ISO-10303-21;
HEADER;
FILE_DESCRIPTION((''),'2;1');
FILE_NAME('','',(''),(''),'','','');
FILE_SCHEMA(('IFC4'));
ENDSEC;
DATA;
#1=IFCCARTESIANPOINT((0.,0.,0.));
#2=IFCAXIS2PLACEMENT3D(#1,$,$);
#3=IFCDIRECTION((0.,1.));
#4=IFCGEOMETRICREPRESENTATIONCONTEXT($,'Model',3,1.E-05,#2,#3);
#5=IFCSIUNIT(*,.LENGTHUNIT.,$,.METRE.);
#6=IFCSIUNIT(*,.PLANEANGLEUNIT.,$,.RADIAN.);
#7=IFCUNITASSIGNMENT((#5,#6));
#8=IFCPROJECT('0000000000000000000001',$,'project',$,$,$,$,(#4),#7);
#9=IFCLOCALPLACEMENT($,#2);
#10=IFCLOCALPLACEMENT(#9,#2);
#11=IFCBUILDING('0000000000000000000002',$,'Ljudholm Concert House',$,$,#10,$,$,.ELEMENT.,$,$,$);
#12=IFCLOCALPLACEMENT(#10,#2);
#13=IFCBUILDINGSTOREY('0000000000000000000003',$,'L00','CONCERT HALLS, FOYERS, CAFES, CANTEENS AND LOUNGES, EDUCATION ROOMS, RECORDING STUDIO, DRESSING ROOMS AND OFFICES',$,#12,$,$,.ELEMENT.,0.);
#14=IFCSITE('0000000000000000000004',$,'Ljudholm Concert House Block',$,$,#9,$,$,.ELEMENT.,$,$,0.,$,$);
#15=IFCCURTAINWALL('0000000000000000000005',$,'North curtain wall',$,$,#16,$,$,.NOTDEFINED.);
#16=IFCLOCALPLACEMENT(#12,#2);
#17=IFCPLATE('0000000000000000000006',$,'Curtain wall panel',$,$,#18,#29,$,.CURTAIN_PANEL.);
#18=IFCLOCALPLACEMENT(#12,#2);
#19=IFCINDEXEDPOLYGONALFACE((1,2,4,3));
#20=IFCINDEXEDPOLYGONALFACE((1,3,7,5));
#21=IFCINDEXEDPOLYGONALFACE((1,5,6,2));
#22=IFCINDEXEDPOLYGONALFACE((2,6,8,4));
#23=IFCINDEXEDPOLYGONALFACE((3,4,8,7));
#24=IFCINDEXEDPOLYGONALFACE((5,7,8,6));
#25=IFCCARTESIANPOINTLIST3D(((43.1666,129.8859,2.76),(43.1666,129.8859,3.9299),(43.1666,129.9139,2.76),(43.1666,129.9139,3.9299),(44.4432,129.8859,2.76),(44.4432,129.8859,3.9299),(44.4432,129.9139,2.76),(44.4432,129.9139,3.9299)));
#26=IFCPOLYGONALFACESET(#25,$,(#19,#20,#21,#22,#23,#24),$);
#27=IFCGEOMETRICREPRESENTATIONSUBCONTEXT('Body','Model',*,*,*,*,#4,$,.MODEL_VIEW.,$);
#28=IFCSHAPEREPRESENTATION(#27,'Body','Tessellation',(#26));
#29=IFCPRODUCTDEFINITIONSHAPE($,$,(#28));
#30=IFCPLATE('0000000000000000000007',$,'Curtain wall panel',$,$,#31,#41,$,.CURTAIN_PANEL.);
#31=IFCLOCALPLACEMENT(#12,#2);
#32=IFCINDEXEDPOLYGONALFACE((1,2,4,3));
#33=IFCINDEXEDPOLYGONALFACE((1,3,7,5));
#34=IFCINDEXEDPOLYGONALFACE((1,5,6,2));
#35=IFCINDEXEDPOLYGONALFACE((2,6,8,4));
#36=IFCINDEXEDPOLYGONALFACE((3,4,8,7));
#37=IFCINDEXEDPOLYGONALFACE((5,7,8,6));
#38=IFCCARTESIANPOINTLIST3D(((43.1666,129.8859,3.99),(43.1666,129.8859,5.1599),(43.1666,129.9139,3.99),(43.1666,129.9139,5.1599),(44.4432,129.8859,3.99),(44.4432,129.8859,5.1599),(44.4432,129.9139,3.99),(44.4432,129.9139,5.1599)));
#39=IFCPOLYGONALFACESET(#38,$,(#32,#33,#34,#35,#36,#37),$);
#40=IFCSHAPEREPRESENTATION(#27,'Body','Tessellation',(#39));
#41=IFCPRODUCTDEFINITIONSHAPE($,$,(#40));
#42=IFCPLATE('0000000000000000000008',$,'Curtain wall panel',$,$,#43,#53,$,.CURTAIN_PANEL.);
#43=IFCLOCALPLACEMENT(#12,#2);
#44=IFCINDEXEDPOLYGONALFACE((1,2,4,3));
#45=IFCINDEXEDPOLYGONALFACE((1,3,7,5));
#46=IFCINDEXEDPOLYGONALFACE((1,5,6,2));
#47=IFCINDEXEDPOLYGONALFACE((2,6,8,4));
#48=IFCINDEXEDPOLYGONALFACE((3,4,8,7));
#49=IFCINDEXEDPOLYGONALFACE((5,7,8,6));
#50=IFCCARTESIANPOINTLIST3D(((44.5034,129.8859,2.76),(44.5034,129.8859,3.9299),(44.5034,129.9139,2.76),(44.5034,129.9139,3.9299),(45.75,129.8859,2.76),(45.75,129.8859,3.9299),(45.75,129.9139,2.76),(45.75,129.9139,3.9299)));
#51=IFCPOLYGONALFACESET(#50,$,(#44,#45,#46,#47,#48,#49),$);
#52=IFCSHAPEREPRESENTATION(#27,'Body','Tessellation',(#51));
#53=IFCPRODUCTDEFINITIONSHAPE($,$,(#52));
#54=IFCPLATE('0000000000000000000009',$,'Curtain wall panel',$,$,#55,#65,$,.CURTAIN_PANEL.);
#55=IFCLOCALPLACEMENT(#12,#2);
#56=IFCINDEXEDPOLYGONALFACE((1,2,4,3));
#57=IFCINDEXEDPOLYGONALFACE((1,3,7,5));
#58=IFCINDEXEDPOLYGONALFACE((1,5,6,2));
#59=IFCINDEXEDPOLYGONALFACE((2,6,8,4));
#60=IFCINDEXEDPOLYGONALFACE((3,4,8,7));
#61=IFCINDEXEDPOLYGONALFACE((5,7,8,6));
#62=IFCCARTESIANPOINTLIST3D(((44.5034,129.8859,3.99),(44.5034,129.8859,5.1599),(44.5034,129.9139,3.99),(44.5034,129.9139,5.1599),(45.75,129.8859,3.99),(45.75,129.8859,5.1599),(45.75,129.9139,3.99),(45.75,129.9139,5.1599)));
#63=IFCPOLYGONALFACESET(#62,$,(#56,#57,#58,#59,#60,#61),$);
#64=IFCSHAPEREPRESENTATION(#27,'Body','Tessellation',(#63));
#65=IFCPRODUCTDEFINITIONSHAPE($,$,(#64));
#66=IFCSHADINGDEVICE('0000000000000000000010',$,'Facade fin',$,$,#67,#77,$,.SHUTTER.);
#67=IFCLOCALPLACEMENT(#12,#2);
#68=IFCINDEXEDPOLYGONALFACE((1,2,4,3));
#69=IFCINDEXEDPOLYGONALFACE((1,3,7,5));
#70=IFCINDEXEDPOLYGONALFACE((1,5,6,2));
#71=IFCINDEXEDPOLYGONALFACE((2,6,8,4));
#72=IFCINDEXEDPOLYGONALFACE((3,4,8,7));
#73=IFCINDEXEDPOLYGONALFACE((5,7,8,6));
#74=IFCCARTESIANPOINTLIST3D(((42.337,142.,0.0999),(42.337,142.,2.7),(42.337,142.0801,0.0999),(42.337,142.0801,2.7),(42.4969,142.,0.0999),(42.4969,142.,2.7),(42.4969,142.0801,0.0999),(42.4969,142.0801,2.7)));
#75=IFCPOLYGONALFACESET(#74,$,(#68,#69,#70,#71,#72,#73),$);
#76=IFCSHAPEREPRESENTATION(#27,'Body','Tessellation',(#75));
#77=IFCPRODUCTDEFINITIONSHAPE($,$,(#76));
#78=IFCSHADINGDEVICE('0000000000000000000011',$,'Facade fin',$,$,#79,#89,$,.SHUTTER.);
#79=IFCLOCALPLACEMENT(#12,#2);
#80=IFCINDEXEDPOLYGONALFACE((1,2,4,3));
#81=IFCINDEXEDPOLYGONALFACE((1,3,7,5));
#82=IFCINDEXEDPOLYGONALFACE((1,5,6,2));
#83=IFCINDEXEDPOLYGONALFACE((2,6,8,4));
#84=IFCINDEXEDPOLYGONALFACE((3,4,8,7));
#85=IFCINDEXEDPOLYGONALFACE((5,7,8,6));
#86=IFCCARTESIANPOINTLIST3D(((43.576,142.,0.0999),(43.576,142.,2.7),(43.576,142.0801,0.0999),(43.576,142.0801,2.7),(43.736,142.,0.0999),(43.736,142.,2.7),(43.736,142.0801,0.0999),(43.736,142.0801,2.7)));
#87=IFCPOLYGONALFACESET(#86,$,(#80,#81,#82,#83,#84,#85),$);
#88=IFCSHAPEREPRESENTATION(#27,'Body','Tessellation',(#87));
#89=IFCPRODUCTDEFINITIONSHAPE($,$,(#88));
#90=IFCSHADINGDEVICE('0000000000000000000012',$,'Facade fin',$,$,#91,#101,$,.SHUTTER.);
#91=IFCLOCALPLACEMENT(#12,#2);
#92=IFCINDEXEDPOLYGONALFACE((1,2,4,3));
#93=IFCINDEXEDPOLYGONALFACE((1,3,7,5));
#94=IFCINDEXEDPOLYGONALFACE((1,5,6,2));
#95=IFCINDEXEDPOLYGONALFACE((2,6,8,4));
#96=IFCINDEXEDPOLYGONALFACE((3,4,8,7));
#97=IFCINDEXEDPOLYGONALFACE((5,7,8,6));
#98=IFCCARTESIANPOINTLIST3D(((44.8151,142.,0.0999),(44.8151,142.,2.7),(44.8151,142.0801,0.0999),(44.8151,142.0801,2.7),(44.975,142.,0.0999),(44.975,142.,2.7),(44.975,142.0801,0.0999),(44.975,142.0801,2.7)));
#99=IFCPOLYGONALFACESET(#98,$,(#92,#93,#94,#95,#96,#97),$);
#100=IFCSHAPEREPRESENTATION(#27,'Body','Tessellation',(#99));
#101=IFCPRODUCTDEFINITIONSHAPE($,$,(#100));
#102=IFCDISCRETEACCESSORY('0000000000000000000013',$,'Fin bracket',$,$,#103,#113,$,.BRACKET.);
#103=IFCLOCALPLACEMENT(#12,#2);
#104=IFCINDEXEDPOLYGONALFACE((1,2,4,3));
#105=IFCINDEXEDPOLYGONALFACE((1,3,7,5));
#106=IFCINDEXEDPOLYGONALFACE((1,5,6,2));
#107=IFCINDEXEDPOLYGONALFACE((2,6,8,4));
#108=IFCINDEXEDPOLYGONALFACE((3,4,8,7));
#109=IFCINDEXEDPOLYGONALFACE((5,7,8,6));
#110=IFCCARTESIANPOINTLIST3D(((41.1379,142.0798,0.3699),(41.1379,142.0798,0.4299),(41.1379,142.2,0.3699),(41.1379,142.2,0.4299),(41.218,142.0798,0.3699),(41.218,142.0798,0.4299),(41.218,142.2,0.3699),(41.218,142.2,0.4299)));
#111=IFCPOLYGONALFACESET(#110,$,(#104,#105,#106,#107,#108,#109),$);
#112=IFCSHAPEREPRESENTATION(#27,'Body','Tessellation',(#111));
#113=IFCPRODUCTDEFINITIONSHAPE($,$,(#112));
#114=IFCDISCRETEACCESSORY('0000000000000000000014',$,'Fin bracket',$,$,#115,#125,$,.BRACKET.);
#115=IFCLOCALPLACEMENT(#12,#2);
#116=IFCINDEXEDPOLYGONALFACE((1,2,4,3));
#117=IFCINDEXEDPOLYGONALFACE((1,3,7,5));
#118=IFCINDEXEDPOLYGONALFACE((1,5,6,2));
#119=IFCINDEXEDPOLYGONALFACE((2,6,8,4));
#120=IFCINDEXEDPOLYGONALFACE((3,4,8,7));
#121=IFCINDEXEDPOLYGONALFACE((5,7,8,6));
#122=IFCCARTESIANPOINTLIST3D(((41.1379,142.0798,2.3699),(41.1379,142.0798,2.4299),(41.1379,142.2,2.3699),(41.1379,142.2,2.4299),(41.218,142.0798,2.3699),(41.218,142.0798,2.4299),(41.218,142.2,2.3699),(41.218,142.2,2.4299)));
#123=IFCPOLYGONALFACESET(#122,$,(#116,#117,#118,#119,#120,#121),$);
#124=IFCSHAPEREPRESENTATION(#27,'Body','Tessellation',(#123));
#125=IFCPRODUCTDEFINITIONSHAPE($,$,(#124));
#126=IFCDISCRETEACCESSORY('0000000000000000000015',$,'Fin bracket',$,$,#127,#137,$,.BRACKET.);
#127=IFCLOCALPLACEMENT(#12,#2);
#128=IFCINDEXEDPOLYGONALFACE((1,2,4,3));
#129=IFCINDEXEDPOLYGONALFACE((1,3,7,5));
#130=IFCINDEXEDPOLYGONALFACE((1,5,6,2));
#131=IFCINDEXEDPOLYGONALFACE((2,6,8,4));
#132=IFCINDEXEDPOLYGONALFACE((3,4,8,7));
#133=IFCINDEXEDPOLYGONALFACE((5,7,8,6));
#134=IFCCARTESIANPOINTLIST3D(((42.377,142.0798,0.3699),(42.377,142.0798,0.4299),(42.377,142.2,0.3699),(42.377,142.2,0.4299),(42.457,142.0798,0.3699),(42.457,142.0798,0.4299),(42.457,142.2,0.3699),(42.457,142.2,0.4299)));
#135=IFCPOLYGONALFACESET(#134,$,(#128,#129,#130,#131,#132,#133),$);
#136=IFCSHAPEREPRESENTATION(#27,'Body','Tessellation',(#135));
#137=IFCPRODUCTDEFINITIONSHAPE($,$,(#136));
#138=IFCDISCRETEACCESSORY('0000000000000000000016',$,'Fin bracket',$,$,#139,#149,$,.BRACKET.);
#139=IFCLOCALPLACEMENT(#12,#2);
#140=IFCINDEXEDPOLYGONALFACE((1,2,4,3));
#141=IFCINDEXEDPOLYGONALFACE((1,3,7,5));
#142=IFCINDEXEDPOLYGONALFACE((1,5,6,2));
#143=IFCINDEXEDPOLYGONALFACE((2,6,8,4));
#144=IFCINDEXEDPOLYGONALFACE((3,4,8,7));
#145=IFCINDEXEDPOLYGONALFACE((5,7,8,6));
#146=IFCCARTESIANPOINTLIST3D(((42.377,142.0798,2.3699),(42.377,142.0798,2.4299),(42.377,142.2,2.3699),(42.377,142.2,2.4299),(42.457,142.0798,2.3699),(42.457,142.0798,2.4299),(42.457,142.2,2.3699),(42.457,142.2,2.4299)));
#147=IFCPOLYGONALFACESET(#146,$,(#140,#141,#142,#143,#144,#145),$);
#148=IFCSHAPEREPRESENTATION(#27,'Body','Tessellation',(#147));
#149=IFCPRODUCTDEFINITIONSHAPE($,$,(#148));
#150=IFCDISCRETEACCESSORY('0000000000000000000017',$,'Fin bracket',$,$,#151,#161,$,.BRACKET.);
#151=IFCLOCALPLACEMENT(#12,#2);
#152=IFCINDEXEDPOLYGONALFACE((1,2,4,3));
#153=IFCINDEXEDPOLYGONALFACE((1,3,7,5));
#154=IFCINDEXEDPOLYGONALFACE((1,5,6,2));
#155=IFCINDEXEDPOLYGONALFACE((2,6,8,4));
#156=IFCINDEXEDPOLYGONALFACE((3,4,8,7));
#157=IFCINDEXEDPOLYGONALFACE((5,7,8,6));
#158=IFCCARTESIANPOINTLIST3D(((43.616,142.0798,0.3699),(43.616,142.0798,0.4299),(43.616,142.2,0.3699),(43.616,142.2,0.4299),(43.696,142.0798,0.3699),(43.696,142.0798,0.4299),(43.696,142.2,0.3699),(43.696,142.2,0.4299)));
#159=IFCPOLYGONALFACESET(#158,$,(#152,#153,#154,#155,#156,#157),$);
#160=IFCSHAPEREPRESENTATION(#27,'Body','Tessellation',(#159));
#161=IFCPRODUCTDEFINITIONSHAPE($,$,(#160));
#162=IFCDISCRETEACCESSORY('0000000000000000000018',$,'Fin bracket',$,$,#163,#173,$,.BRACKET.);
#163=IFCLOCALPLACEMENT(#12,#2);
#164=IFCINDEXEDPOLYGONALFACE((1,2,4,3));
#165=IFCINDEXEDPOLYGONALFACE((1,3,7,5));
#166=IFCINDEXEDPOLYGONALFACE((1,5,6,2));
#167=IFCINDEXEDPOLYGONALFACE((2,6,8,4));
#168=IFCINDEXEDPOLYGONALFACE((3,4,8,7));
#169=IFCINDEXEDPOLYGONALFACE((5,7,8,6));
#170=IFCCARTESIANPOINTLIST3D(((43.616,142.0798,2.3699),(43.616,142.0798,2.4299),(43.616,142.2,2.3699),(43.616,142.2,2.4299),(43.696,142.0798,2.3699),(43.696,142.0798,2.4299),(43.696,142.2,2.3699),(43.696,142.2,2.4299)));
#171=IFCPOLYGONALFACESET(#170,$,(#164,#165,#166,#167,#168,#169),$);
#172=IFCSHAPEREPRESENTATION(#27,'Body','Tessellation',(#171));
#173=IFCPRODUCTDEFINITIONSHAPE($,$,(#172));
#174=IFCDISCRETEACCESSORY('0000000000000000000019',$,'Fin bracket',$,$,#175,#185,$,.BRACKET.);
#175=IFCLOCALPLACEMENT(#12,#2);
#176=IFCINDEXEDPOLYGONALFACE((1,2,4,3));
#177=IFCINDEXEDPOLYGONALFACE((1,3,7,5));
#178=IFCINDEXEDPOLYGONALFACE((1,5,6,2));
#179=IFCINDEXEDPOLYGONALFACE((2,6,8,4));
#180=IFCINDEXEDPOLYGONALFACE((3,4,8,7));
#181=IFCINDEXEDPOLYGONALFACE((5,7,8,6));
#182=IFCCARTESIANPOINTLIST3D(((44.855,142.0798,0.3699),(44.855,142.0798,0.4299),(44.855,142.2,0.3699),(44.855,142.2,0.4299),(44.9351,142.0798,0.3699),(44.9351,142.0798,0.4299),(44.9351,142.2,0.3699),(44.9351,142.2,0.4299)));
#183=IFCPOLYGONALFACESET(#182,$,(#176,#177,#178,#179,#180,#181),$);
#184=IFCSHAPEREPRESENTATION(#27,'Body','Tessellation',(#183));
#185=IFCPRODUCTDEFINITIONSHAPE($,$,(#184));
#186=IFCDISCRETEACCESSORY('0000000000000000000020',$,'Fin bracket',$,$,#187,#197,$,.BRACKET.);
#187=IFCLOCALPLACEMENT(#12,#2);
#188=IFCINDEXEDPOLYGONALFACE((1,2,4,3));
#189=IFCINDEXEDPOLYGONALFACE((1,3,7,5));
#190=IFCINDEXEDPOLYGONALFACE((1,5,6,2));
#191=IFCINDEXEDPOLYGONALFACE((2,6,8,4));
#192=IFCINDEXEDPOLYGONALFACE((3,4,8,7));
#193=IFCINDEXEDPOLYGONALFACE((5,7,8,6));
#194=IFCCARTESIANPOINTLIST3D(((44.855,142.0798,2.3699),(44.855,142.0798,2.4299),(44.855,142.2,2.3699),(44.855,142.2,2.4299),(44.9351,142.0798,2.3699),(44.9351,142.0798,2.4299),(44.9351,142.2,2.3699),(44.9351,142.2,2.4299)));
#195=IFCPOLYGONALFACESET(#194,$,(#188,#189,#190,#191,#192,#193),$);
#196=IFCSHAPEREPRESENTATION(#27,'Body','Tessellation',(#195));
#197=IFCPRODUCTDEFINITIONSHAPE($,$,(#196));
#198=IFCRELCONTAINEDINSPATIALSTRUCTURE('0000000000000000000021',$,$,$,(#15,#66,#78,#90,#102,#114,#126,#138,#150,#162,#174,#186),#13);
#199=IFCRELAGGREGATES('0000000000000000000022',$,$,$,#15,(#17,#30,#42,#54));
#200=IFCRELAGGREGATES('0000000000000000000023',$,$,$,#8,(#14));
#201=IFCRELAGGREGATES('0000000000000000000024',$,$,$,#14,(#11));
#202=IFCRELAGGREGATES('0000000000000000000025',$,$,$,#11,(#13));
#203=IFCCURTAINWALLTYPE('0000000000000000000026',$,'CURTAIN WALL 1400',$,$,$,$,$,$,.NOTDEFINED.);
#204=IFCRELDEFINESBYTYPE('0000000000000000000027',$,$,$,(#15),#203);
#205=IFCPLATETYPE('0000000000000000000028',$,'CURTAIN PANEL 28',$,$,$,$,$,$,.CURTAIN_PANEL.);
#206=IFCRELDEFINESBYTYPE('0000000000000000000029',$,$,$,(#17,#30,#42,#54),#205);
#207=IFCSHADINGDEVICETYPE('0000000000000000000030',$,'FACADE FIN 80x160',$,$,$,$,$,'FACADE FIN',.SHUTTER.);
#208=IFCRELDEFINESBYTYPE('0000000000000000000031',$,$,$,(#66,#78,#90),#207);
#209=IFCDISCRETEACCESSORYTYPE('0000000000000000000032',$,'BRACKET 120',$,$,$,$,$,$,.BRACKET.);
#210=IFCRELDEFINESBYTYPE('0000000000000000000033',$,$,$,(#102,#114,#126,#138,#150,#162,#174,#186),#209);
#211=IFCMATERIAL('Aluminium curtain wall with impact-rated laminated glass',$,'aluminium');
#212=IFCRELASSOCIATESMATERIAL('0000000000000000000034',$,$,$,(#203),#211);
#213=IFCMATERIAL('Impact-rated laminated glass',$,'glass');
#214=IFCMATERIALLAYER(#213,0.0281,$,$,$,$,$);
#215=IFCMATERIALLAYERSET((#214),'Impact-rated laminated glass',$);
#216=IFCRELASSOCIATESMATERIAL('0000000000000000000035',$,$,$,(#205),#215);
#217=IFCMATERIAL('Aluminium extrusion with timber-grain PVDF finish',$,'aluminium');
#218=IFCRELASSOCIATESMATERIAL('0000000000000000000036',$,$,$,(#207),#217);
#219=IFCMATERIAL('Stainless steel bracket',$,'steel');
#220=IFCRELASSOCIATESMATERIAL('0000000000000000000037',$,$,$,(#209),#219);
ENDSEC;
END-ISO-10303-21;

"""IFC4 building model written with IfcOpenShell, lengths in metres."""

from ifc_helpers import new_model, si_unit, direction, frame, origin, origin_2d, place, context, subcontext, project, spatial, rectangle, extrude, material, layer, layer_set, type_object, element, aggregate, save


model = new_model("IFC4")

# Units and contexts
model_context = context("Model", 3, precision=1e-05, world=origin(), true_north=direction((0.0, 1.0)))
body_context = subcontext(model_context, "Body", "Model", "MODEL_VIEW")
ifc_project = project(units=[si_unit("LENGTHUNIT", "METRE"), si_unit("PLANEANGLEUNIT", "RADIAN")], contexts=[model_context])

# Site, building, storey
site_placement = place(None, origin())
site = spatial("IfcSite", under=ifc_project, at=site_placement, Name="Ljudholm Concert House Block", CompositionType="ELEMENT", RefElevation=0.0)
building_placement = place(site_placement, origin())
building = spatial("IfcBuilding", under=site, at=building_placement, Name="Ljudholm Concert House", CompositionType="ELEMENT")
storey_placement = place(building_placement, origin())
storey = spatial("IfcBuildingStorey", under=building, at=storey_placement, Name="L00", Description="CONCERT HALLS, FOYERS, CAFES, CANTEENS AND LOUNGES, EDUCATION ROOMS, RECORDING STUDIO, DRESSING ROOMS AND OFFICES", CompositionType="ELEMENT", Elevation=0.0)

# Curtain wall, plates
ifc_material_1 = material(Name="Aluminium curtain wall with impact-rated laminated glass", Category="aluminium")
curtain_wall_type = type_object("IfcCurtainWallType", Name="CURTAIN WALL 1400", PredefinedType="NOTDEFINED", material=ifc_material_1)
curtain_wall_placement = place(storey_placement, origin())
curtain_wall = element("IfcCurtainWall", 1, at=curtain_wall_placement, inside=storey, type_object=curtain_wall_type, Name="North curtain wall", PredefinedType="NOTDEFINED")
ifc_material_2 = material(Name="Impact-rated laminated glass", Category="glass")
ifc_layer = layer(ifc_material_2, 0.0281)
ifc_layer_set = layer_set([ifc_layer], Name="Impact-rated laminated glass")
plate_type = type_object("IfcPlateType", Name="CURTAIN PANEL 28", PredefinedType="CURTAIN_PANEL", material=ifc_layer_set)
plate_1_placement = place(storey_placement, frame((43.8049, 129.8999, 2.76), z_axis=(0.0, 0.0, 1.0), x_axis=(1.0, 0.0, 0.0)))
plate_1 = element("IfcPlate", 2, at=plate_1_placement, type_object=plate_type, Name="Curtain wall panel", PredefinedType="CURTAIN_PANEL", context=body_context, shape_type="SweptSolid", body=[
    extrude(rectangle(XDim=1.2766, YDim=0.0281, at=origin_2d()), origin(), (0.0, 0.0, 1.0), 1.1699),
])
plate_2_placement = place(storey_placement, frame((43.8049, 129.8999, 3.99), z_axis=(0.0, 0.0, 1.0), x_axis=(1.0, 0.0, 0.0)))
plate_2 = element("IfcPlate", 3, at=plate_2_placement, type_object=plate_type, Name="Curtain wall panel", PredefinedType="CURTAIN_PANEL", context=body_context, shape_type="SweptSolid", body=[
    extrude(rectangle(XDim=1.2766, YDim=0.0281, at=origin_2d()), origin(), (0.0, 0.0, 1.0), 1.1699),
])
plate_3_placement = place(storey_placement, frame((45.1267, 129.8999, 2.76), z_axis=(0.0, 0.0, 1.0), x_axis=(1.0, 0.0, 0.0)))
plate_3 = element("IfcPlate", 4, at=plate_3_placement, type_object=plate_type, Name="Curtain wall panel", PredefinedType="CURTAIN_PANEL", context=body_context, shape_type="SweptSolid", body=[
    extrude(rectangle(XDim=1.2466, YDim=0.0281, at=origin_2d()), origin(), (0.0, 0.0, 1.0), 1.1699),
])
plate_4_placement = place(storey_placement, frame((45.1267, 129.8999, 3.99), z_axis=(0.0, 0.0, 1.0), x_axis=(1.0, 0.0, 0.0)))
plate_4 = element("IfcPlate", 5, at=plate_4_placement, type_object=plate_type, Name="Curtain wall panel", PredefinedType="CURTAIN_PANEL", context=body_context, shape_type="SweptSolid", body=[
    extrude(rectangle(XDim=1.2466, YDim=0.0281, at=origin_2d()), origin(), (0.0, 0.0, 1.0), 1.1699),
])
aggregate(curtain_wall, [plate_1, plate_2, plate_3, plate_4])

# Shading devices
ifc_material_3 = material(Name="Aluminium extrusion with timber-grain PVDF finish", Category="aluminium")
shading_device_type = type_object("IfcShadingDeviceType", Name="FACADE FIN 80x160", ElementType="FACADE FIN", PredefinedType="SHUTTER", material=ifc_material_3)
for number, where, z_axis, x_axis, name in (
    (6, (42.417, 142.04, 0.0999), (0.0, 0.0, 1.0), (0.0, -1.0, 0.0), "Facade fin"),
    (7, (43.656, 142.04, 0.0999), (0.0, 0.0, 1.0), (0.0, -1.0, 0.0), "Facade fin"),
    (8, (44.895, 142.04, 0.0999), (0.0, 0.0, 1.0), (0.0, -1.0, 0.0), "Facade fin"),
):
    element("IfcShadingDevice", number, at=place(storey_placement, frame(where, z_axis=z_axis, x_axis=x_axis)), inside=storey, type_object=shading_device_type, Name=name, PredefinedType="SHUTTER", context=body_context, shape_type="SweptSolid", body=[
        extrude(rectangle(XDim=0.0801, YDim=0.1599, at=origin_2d()), origin(), (0.0, 0.0, 1.0), 2.6001),
    ])

# Discrete accessories
ifc_material_4 = material(Name="Stainless steel bracket", Category="steel")
discrete_accessory_type = type_object("IfcDiscreteAccessoryType", Name="BRACKET 120", PredefinedType="BRACKET", material=ifc_material_4)
for number, where, z_axis, x_axis, name in (
    (9, (41.178, 142.1399, 0.3699), (0.0, 0.0, 1.0), (0.0, -1.0, 0.0), "Fin bracket"),
    (10, (41.178, 142.1399, 2.3699), (0.0, 0.0, 1.0), (0.0, -1.0, 0.0), "Fin bracket"),
    (11, (42.417, 142.1399, 0.3699), (0.0, 0.0, 1.0), (0.0, -1.0, 0.0), "Fin bracket"),
    (12, (42.417, 142.1399, 2.3699), (0.0, 0.0, 1.0), (0.0, -1.0, 0.0), "Fin bracket"),
    (13, (43.656, 142.1399, 0.3699), (0.0, 0.0, 1.0), (0.0, -1.0, 0.0), "Fin bracket"),
    (14, (43.656, 142.1399, 2.3699), (0.0, 0.0, 1.0), (0.0, -1.0, 0.0), "Fin bracket"),
    (15, (44.895, 142.1399, 0.3699), (0.0, 0.0, 1.0), (0.0, -1.0, 0.0), "Fin bracket"),
    (16, (44.895, 142.1399, 2.3699), (0.0, 0.0, 1.0), (0.0, -1.0, 0.0), "Fin bracket"),
):
    element("IfcDiscreteAccessory", number, at=place(storey_placement, frame(where, z_axis=z_axis, x_axis=x_axis)), inside=storey, type_object=discrete_accessory_type, Name=name, PredefinedType="BRACKET", context=body_context, shape_type="SweptSolid", body=[
        extrude(rectangle(XDim=0.1201, YDim=0.0801, at=origin_2d()), origin(), (0.0, 0.0, 1.0), 0.0601),
    ])

save(model, "model.ifc")
